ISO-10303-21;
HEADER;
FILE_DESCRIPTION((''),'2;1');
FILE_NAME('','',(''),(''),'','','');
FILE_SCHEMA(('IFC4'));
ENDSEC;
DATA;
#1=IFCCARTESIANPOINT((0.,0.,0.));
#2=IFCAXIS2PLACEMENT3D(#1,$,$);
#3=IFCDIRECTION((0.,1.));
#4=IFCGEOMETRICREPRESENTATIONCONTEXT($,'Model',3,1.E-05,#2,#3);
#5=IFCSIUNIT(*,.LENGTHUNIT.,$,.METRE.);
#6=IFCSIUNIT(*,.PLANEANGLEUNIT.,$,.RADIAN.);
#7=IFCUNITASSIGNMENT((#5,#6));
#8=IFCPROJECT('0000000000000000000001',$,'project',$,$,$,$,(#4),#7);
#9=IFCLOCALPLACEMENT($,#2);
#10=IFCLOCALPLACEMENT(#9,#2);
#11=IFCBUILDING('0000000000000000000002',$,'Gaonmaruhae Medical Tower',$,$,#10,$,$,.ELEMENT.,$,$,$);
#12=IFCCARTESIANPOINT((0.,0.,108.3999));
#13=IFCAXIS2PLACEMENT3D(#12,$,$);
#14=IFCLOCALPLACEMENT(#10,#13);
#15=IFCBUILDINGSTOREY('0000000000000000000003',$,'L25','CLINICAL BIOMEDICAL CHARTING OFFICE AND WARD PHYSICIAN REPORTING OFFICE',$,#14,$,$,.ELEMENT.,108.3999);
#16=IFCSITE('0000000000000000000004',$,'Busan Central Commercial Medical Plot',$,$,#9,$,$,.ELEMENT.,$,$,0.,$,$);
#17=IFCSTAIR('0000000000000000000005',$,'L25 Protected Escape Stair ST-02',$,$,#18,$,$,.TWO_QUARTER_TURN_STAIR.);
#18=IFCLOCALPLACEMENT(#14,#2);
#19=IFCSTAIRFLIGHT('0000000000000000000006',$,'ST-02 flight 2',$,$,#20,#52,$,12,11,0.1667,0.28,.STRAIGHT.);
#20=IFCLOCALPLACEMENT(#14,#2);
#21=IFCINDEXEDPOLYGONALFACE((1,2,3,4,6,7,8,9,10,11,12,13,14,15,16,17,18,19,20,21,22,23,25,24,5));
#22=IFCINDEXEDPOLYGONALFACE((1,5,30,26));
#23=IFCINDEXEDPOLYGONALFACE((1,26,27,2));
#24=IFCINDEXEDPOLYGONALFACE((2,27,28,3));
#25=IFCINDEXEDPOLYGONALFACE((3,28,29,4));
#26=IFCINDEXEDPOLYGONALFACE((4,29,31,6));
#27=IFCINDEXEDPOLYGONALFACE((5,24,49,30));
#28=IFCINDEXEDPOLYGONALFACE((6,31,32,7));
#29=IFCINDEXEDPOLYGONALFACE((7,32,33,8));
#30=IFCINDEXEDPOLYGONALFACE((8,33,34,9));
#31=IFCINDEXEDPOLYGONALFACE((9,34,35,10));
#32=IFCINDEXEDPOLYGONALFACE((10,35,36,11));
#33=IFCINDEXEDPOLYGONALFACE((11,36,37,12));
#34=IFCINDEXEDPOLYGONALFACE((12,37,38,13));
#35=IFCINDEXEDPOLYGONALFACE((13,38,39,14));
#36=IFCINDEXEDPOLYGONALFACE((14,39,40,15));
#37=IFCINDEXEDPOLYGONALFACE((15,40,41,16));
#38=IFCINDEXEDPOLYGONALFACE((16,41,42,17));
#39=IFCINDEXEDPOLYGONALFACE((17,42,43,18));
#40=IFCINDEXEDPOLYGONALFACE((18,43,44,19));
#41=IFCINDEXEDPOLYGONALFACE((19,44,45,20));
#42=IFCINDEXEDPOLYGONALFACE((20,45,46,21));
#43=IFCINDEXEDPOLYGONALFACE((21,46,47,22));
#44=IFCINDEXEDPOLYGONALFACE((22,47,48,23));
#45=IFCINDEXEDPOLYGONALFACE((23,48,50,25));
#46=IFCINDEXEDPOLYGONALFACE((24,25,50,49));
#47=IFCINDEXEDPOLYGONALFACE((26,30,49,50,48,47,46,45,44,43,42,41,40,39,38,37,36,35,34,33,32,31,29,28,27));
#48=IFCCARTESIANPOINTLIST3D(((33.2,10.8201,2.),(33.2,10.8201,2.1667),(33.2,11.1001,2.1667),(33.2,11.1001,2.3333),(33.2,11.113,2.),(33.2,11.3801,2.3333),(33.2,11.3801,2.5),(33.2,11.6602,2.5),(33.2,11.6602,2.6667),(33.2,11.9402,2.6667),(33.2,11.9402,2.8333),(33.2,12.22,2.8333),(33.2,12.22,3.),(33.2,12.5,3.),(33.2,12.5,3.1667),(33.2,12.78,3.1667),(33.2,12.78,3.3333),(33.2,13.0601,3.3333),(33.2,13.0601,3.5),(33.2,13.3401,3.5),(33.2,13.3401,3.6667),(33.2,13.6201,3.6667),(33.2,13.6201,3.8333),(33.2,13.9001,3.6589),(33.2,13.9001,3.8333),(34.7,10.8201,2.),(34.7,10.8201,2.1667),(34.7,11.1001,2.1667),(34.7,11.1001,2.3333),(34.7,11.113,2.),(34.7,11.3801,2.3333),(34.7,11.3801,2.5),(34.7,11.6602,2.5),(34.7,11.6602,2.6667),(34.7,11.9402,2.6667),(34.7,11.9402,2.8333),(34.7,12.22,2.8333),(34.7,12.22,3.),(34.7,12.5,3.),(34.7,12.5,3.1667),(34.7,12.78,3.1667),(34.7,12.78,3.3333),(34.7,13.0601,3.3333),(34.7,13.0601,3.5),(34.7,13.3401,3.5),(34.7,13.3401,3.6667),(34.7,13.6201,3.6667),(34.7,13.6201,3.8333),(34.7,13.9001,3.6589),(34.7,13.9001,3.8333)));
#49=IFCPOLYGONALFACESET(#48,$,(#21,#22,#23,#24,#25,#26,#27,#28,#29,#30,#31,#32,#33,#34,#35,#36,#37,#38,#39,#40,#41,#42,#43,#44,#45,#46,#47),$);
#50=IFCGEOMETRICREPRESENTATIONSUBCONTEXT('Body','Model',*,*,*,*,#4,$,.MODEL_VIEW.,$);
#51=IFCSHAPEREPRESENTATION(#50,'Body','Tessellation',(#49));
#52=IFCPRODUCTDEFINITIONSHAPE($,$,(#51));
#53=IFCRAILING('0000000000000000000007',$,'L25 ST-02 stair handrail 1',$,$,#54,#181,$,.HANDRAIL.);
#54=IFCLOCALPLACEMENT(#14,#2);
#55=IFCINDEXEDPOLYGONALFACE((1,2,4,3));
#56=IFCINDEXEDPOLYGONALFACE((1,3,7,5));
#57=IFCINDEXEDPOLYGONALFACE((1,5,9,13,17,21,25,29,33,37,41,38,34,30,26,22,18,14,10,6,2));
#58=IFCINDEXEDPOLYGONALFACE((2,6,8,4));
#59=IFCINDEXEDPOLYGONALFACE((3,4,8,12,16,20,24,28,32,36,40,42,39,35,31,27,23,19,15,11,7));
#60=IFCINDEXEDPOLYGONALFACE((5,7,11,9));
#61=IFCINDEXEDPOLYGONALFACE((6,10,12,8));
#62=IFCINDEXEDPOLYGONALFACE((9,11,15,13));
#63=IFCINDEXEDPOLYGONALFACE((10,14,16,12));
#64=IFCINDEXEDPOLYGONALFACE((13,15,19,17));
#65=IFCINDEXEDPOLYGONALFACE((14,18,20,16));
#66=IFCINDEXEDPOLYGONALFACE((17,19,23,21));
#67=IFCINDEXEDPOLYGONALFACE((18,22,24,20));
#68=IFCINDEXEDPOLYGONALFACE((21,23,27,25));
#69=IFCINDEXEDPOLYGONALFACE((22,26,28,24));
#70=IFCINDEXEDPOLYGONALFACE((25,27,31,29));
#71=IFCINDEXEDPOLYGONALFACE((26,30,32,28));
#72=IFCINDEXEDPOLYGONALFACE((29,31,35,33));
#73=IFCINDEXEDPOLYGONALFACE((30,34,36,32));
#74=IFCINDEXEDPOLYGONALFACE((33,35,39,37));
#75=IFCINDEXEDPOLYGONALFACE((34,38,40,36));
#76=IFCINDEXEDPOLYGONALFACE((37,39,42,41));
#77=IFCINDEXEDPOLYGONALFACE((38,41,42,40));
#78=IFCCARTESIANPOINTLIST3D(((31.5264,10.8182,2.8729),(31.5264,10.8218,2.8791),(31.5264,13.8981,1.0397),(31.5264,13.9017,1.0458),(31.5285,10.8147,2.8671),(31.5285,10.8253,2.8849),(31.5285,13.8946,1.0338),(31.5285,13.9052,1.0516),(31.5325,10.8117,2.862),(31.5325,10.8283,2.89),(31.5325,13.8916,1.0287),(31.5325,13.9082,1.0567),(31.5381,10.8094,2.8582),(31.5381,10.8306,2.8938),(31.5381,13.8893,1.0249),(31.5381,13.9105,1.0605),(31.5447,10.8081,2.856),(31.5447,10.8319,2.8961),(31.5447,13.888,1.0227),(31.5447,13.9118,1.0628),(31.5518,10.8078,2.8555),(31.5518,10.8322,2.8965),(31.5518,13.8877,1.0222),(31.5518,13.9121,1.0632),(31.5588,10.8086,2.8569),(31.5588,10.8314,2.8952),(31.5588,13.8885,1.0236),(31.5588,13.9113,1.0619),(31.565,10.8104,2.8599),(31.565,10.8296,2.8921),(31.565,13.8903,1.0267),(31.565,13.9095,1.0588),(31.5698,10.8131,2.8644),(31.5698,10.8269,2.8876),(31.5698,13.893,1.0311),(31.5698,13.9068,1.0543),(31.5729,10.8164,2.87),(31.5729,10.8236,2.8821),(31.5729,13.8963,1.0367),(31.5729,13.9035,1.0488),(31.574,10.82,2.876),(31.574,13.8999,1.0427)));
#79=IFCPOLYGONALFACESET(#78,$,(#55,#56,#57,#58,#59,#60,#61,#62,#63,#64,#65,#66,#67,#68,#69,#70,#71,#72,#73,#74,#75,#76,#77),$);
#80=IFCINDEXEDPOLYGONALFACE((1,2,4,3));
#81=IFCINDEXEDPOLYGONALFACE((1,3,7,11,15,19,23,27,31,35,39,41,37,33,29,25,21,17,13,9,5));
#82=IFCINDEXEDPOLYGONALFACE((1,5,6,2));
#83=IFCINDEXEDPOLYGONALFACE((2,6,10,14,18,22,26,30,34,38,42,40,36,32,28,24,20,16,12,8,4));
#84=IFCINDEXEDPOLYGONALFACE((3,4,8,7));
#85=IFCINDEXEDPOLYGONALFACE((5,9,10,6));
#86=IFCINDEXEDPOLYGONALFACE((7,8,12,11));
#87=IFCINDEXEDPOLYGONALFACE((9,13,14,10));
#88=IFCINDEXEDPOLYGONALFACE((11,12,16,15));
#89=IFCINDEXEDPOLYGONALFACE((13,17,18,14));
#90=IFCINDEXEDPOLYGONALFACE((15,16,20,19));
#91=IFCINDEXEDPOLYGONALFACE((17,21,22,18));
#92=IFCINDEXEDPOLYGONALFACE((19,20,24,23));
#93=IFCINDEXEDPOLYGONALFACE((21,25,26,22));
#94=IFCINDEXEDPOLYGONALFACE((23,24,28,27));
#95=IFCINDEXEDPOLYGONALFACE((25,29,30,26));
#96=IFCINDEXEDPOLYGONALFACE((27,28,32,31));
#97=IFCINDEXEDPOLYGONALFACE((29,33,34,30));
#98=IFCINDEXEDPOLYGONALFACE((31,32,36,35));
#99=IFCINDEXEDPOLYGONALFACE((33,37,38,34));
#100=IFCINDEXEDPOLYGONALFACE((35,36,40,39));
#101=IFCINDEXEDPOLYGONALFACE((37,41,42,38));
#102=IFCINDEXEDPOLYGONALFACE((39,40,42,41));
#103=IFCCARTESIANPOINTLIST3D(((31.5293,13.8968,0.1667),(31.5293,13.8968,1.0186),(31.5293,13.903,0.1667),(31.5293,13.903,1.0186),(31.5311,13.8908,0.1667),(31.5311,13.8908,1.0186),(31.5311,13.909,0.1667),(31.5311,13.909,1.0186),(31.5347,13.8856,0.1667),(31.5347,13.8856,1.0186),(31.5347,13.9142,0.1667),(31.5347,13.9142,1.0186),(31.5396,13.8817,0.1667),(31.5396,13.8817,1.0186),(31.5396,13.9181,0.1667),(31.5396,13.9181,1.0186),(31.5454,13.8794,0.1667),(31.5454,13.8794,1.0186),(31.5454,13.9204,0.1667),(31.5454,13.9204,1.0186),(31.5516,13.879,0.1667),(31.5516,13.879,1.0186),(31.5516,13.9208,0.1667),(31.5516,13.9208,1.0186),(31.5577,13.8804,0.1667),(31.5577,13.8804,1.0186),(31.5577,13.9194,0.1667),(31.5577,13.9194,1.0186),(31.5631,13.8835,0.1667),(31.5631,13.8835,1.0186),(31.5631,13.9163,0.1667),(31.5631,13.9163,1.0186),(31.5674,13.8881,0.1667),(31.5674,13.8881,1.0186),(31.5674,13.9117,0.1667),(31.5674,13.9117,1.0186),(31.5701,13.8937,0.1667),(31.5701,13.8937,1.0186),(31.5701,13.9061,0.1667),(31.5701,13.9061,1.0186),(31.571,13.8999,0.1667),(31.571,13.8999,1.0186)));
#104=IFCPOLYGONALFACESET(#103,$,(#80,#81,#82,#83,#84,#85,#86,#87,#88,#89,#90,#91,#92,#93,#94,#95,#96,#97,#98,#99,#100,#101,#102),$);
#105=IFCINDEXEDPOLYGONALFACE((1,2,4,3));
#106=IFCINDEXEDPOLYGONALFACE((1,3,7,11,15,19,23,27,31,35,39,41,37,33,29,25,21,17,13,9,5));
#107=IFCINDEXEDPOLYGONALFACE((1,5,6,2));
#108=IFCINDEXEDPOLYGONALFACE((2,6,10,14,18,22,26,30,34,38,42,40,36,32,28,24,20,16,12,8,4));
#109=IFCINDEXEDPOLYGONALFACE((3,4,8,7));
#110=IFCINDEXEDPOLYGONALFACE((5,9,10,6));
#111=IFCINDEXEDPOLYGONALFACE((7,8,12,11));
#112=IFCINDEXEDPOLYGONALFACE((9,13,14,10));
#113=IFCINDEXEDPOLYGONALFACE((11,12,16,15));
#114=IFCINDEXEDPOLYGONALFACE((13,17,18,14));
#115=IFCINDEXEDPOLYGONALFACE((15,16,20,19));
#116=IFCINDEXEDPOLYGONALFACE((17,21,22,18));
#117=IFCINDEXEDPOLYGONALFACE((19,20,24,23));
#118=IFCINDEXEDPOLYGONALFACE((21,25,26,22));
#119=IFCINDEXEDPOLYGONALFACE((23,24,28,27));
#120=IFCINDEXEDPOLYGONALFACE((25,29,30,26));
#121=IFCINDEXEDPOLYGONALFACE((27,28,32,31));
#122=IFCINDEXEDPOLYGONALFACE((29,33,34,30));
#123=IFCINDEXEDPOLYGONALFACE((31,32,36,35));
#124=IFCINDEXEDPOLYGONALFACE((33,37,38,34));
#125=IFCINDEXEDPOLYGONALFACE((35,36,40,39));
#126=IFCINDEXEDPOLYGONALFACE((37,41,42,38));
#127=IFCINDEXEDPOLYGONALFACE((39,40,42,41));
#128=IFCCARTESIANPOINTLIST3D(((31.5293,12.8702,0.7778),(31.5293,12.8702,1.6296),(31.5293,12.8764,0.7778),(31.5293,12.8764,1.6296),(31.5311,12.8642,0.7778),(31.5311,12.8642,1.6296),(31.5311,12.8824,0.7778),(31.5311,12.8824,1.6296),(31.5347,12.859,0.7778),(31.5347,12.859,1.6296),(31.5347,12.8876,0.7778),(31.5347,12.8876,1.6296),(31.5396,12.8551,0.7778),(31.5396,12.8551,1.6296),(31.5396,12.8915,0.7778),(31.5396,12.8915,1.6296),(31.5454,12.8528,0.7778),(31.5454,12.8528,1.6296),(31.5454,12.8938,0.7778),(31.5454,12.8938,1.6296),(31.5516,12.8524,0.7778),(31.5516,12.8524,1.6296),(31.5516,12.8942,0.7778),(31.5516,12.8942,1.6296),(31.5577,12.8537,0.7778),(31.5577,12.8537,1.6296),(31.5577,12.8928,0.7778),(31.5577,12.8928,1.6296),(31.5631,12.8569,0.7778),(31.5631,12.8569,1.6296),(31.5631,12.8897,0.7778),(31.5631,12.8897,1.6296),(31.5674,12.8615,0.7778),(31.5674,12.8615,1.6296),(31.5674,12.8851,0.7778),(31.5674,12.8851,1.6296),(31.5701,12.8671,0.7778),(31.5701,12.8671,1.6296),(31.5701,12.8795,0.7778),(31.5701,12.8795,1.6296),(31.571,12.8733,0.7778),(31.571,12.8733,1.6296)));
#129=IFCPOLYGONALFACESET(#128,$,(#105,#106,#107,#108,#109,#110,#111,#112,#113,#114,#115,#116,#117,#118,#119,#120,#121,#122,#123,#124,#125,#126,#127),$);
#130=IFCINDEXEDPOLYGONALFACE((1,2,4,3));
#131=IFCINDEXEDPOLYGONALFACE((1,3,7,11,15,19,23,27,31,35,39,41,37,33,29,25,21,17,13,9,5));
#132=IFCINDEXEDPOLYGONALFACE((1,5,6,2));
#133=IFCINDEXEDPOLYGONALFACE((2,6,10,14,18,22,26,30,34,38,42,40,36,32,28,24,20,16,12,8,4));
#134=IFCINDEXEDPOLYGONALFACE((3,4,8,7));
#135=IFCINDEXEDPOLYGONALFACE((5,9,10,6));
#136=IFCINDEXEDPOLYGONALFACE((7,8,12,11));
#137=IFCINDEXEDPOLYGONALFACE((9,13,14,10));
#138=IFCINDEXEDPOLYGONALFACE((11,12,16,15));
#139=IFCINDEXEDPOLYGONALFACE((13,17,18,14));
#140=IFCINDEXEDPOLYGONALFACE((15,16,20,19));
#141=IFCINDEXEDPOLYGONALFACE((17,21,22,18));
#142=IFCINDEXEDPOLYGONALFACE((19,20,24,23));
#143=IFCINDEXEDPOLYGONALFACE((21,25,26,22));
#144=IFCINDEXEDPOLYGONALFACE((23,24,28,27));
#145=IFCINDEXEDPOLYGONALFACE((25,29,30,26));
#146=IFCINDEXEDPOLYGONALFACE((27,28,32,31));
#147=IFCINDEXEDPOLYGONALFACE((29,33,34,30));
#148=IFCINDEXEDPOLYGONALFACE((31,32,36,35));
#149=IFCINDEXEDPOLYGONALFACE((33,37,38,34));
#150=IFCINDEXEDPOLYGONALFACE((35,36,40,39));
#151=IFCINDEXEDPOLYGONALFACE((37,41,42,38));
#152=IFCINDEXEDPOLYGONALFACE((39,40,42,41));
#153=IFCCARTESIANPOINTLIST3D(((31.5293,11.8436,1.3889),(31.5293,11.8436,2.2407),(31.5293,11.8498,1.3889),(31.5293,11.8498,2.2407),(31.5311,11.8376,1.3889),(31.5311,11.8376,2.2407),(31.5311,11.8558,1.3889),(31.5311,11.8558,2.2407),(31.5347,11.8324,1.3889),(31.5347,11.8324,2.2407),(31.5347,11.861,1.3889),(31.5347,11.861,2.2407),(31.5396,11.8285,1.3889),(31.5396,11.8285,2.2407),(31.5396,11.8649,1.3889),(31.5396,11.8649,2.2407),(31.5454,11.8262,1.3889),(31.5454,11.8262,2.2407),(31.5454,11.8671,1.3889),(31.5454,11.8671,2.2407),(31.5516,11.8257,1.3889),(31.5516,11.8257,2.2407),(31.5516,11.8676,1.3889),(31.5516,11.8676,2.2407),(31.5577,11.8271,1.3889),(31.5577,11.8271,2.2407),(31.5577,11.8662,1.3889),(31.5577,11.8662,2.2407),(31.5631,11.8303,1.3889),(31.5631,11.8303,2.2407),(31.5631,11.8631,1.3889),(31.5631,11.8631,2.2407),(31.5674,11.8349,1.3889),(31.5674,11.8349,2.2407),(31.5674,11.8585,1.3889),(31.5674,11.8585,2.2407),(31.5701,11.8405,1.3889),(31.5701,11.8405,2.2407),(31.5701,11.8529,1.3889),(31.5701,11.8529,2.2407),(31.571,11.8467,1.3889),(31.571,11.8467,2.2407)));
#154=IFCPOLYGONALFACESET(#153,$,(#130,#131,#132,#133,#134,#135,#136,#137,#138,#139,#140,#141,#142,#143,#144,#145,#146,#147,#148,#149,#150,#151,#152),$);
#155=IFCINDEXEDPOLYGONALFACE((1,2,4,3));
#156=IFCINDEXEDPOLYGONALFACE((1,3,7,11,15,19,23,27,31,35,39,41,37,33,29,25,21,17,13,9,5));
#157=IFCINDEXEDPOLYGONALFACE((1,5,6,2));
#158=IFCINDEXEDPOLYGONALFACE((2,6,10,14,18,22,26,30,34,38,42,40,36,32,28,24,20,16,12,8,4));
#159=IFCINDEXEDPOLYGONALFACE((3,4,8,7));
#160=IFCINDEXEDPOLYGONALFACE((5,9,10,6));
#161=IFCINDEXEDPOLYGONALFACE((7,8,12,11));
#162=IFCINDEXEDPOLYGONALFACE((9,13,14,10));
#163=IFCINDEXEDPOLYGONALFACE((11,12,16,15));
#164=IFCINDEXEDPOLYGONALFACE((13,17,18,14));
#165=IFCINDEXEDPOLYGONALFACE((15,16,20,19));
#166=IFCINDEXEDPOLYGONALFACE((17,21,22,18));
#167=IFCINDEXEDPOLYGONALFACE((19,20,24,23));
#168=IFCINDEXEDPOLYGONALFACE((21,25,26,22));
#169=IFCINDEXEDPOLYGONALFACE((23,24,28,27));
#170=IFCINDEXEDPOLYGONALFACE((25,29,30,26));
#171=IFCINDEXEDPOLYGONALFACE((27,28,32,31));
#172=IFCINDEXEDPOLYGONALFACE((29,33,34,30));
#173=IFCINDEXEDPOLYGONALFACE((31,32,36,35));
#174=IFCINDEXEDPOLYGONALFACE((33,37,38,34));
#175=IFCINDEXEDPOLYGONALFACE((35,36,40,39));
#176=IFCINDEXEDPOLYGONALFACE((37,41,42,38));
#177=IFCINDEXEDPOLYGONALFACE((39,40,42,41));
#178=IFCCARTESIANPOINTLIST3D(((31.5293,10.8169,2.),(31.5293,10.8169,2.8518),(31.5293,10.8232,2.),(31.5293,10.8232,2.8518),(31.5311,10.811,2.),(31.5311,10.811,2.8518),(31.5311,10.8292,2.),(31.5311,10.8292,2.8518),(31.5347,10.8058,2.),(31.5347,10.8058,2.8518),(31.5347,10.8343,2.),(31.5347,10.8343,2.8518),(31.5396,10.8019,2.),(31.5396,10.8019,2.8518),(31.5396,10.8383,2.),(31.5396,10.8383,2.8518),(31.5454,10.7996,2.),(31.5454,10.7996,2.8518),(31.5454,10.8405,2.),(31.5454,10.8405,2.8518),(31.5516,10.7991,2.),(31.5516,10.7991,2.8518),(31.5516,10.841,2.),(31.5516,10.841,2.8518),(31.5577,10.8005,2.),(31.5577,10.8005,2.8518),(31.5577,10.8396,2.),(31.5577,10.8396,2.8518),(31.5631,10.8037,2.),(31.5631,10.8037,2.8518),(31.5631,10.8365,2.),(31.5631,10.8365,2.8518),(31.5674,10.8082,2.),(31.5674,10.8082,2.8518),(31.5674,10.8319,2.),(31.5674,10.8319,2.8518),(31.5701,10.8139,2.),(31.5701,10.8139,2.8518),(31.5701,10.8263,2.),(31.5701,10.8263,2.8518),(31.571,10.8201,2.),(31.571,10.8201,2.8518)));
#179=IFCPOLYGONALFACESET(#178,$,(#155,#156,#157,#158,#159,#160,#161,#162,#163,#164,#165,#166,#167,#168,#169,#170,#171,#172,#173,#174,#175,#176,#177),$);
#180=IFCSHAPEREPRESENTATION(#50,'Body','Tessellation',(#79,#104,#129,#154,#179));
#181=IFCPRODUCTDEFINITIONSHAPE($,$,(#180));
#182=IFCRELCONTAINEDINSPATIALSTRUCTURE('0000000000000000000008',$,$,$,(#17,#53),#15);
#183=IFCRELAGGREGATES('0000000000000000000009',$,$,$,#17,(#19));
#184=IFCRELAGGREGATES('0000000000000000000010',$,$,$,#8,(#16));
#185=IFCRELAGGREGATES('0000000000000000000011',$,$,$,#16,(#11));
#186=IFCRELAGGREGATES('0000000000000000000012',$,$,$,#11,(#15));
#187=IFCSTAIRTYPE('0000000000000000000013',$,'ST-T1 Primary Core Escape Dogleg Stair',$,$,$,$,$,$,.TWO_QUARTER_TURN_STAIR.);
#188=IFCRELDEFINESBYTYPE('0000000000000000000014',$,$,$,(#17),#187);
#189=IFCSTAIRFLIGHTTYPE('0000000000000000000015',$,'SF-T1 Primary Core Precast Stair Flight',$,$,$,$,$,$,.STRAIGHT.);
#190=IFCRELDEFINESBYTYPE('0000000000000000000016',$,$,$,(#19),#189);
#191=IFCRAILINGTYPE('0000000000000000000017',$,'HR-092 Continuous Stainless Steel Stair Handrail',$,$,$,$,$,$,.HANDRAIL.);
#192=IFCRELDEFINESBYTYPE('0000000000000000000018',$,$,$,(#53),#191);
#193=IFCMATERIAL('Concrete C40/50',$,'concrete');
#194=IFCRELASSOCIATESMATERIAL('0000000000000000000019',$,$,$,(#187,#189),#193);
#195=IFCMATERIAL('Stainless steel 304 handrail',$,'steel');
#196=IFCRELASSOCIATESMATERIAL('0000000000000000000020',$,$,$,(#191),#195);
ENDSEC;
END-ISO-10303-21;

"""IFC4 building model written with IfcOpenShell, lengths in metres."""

from ifc_helpers import new_model, si_unit, direction, frame, origin, origin_2d, place, context, subcontext, project, spatial, polyline, circle, outline, extrude, material, type_object, element, aggregate, save


model = new_model("IFC4")

# Units and contexts
model_context = context("Model", 3, precision=1e-05, world=origin(), true_north=direction((0.0, 1.0)))
body_context = subcontext(model_context, "Body", "Model", "MODEL_VIEW")
ifc_project = project(units=[si_unit("LENGTHUNIT", "METRE"), si_unit("PLANEANGLEUNIT", "RADIAN")], contexts=[model_context])

# Site, building, storey
site_placement = place(None, origin())
site = spatial("IfcSite", under=ifc_project, at=site_placement, Name="Busan Central Commercial Medical Plot", CompositionType="ELEMENT", RefElevation=0.0)
building_placement = place(site_placement, origin())
building = spatial("IfcBuilding", under=site, at=building_placement, Name="Gaonmaruhae Medical Tower", CompositionType="ELEMENT")
storey_placement = place(building_placement, frame((0.0, 0.0, 108.3999)))
storey = spatial("IfcBuildingStorey", under=building, at=storey_placement, Name="L25", Description="CLINICAL BIOMEDICAL CHARTING OFFICE AND WARD PHYSICIAN REPORTING OFFICE", CompositionType="ELEMENT", Elevation=108.3999)

# Stair, stair flight
ifc_material_1 = material(Name="Concrete C40/50", Category="concrete")
stair_type = type_object("IfcStairType", Name="ST-T1 Primary Core Escape Dogleg Stair", PredefinedType="TWO_QUARTER_TURN_STAIR", material=ifc_material_1)
stair_placement = place(storey_placement, origin())
stair = element("IfcStair", 1, at=stair_placement, inside=storey, type_object=stair_type, Name="L25 Protected Escape Stair ST-02", PredefinedType="TWO_QUARTER_TURN_STAIR")
stair_flight_type = type_object("IfcStairFlightType", Name="SF-T1 Primary Core Precast Stair Flight", PredefinedType="STRAIGHT", material=ifc_material_1)
stair_flight_1_placement = place(storey_placement, frame((33.95, 10.8201, 2.0), z_axis=(0.0, 0.0, 1.0), x_axis=(0.0, 1.0, 0.0)))
stair_flight_1 = element("IfcStairFlight", 2, at=stair_flight_1_placement, type_object=stair_flight_type, Name="ST-02 flight 2", NumberOfRisers=12, NumberOfTreads=11, PredefinedType="STRAIGHT", RiserHeight=0.1667, TreadLength=0.28, context=body_context, shape_type="SweptSolid", body=[
    extrude(outline(polyline([(0.0, 0.0), (0.0, 0.1667), (0.28, 0.1667), (0.28, 0.3333), (0.5601, 0.3333), (0.5601, 0.5), (0.8401, 0.5), (0.8401, 0.6667), (1.1201, 0.6667), (1.1201, 0.8333), (1.3999, 0.8333), (1.3999, 1.0), (1.6799, 1.0), (1.6799, 1.1667), (1.96, 1.1667), (1.96, 1.3333), (2.24, 1.3333), (2.24, 1.5), (2.52, 1.5), (2.52, 1.6667), (2.8, 1.6667), (2.8, 1.8333), (3.0801, 1.8333), (3.0801, 2.0), (3.0801, 1.6589), (0.293, 0.0), (0.0, 0.0)])), frame((0.0, 0.75, 0.0), z_axis=(0.0, -1.0, 0.0), x_axis=(1.0, 0.0, 0.0)), (0.0, 0.0, 1.0), 1.5),
])
aggregate(stair, [stair_flight_1])

# Railing
ifc_material_2 = material(Name="Stainless steel 304 handrail", Category="steel")
railing_type_1 = type_object("IfcRailingType", Name="HR-092 Continuous Stainless Steel Stair Handrail", PredefinedType="HANDRAIL", material=ifc_material_2)
railing_1_placement = place(storey_placement, frame((31.55, 13.8999, 0.1667)))
element("IfcRailing", 3, at=railing_1_placement, inside=storey, type_object=railing_type_1, Name="L25 ST-02 stair handrail 1", PredefinedType="HANDRAIL", context=body_context, shape_type="SweptSolid", body=[
    extrude(circle(Radius=0.0239, at=origin_2d()), frame((0.0, 0.0, 0.876), z_axis=(0.0, -0.859291, 0.511487), x_axis=(1.0, 0.0, 0.0)), (0.0, 0.0, 1.0), 3.5842),
    extrude(circle(Radius=0.021, at=origin_2d()), origin(), (0.0, 0.0, 1.0), 0.8518),
    extrude(circle(Radius=0.021, at=origin_2d()), frame((0.0, -1.0266, 0.6111)), (0.0, 0.0, 1.0), 0.8518),
    extrude(circle(Radius=0.021, at=origin_2d()), frame((0.0, -2.0532, 1.2222)), (0.0, 0.0, 1.0), 0.8518),
    extrude(circle(Radius=0.021, at=origin_2d()), frame((0.0, -3.0798, 1.8333)), (0.0, 0.0, 1.0), 0.8518),
])

save(model, "model.ifc")
